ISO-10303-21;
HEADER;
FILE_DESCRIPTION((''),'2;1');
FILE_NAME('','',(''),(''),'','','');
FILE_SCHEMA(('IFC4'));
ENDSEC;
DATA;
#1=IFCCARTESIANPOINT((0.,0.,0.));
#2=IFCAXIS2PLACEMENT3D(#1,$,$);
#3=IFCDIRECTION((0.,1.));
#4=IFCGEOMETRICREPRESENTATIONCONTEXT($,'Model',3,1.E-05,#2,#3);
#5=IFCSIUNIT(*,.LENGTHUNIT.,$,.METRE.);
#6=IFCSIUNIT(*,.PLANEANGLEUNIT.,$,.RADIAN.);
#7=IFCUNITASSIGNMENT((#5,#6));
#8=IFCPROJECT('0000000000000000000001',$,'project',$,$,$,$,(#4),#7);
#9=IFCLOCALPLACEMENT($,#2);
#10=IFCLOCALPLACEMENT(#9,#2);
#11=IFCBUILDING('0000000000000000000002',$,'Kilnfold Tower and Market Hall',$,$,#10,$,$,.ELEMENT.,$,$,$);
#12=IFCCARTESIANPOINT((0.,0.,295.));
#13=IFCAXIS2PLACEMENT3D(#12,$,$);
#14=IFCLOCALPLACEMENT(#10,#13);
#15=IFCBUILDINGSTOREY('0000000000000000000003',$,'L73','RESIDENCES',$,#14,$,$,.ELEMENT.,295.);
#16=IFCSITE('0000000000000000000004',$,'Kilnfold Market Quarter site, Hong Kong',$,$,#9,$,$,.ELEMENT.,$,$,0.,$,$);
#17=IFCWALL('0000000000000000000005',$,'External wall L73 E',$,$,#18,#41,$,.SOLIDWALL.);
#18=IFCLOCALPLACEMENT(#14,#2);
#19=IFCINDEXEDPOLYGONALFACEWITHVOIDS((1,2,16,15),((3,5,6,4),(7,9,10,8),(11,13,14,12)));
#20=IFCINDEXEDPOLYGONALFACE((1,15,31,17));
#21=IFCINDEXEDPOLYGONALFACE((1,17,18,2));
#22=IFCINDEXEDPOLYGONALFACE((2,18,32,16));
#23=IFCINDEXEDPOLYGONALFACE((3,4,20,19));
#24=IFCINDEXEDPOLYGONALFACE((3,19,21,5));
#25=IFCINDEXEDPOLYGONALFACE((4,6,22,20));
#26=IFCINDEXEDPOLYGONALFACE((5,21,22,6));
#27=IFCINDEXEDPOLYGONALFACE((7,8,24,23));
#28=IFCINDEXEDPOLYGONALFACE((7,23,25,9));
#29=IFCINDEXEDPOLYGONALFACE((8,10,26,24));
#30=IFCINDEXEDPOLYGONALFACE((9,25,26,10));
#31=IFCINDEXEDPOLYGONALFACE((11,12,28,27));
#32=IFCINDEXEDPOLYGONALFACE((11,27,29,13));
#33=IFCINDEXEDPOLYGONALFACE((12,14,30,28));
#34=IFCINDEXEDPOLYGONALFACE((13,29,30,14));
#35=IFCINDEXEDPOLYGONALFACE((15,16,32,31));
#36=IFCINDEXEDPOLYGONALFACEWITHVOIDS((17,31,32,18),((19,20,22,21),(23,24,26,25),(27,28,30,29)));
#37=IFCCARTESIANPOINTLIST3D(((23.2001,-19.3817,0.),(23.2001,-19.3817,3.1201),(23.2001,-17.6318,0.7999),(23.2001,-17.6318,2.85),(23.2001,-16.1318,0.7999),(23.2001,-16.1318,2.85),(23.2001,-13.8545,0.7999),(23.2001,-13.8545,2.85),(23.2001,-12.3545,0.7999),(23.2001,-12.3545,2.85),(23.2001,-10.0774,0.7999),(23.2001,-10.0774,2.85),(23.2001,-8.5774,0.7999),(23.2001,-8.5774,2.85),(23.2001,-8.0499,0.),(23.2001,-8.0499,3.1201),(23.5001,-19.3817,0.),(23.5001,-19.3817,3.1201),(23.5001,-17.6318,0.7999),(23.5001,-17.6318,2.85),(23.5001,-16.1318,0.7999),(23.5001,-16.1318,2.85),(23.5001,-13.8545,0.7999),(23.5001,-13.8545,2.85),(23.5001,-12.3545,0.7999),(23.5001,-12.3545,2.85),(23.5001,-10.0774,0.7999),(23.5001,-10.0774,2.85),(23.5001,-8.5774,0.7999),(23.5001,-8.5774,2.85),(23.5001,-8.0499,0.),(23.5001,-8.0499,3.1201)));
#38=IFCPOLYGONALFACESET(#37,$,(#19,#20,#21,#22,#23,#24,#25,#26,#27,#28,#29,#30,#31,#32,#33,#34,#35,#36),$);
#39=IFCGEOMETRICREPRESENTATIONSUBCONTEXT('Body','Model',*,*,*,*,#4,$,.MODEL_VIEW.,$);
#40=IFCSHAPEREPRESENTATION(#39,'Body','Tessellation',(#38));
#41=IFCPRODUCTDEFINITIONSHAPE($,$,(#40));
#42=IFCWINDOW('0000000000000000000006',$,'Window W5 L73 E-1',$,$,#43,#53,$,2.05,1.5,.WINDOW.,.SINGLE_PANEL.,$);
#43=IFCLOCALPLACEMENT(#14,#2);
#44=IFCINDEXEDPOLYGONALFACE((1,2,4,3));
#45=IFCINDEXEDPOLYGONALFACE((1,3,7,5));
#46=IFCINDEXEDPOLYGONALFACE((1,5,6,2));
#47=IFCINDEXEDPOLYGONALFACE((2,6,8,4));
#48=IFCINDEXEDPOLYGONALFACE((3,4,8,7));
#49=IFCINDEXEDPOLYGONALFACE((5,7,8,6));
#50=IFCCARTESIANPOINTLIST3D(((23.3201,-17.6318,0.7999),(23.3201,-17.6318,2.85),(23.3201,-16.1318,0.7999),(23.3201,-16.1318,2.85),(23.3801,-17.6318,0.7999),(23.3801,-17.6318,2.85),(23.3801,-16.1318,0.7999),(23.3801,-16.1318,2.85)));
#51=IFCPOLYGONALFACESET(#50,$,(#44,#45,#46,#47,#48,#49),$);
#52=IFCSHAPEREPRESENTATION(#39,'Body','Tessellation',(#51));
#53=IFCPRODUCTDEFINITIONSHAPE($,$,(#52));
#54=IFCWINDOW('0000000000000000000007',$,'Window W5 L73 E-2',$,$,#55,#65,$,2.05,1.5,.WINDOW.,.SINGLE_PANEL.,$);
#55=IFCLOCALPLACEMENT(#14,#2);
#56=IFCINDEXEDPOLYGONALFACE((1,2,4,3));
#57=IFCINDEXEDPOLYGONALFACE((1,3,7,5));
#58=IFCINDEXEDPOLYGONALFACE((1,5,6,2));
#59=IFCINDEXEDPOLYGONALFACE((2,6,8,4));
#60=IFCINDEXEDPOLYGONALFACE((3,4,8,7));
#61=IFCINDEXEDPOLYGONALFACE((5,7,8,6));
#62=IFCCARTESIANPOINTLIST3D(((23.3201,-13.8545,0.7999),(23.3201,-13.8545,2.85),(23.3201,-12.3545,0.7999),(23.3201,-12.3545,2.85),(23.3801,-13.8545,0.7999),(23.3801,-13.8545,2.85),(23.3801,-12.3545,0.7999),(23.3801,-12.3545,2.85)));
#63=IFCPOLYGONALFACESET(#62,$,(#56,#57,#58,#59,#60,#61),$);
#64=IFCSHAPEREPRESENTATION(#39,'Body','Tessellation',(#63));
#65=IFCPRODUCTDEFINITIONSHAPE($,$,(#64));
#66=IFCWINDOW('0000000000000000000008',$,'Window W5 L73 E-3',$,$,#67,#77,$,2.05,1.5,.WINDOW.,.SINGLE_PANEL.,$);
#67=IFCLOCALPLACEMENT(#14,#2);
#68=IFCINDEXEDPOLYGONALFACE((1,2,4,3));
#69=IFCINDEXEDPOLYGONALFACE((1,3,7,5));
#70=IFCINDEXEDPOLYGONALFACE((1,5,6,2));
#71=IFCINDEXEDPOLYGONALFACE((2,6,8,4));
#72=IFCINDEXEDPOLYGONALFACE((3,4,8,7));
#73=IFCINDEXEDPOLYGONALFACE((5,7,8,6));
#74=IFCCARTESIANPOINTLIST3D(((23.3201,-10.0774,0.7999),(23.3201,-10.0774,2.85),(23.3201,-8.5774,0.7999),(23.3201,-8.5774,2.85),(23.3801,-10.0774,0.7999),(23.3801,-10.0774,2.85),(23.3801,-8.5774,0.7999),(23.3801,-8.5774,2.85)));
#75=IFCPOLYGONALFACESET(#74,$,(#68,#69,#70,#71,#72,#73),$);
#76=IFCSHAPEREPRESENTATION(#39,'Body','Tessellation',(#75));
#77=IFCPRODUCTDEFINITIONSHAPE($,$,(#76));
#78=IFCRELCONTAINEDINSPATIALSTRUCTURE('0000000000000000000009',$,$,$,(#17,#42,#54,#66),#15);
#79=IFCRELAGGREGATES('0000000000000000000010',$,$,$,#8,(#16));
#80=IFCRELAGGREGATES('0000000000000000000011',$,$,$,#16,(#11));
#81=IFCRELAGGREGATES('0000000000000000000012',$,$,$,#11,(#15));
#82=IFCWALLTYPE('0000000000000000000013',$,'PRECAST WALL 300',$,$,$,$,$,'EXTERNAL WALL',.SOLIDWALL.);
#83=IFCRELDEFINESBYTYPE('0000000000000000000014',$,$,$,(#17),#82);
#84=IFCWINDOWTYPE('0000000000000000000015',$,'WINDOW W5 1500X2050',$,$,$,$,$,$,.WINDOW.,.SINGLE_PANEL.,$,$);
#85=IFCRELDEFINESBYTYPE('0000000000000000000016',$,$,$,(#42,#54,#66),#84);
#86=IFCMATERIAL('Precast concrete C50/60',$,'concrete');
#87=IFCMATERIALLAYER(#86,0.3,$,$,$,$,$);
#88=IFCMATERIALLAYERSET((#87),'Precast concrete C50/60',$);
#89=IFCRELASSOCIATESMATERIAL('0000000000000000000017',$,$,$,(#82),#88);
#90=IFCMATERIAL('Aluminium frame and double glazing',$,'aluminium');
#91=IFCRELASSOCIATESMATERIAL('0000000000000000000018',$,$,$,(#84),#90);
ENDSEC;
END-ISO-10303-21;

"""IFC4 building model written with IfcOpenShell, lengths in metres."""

from ifc_helpers import new_model, si_unit, direction, frame, frame_2d, origin, place, context, subcontext, project, spatial, rectangle, extrude, source, transform, mapped, material, layer, layer_set, type_object, element, fill, save


model = new_model("IFC4")

# Units and contexts
model_context = context("Model", 3, precision=1e-05, world=origin(), true_north=direction((0.0, 1.0)))
body_context = subcontext(model_context, "Body", "Model", "MODEL_VIEW")
ifc_project = project(units=[si_unit("LENGTHUNIT", "METRE"), si_unit("PLANEANGLEUNIT", "RADIAN")], contexts=[model_context])

# Site, building, storey
site_placement = place(None, origin())
site = spatial("IfcSite", under=ifc_project, at=site_placement, Name="Kilnfold Market Quarter site, Hong Kong", CompositionType="ELEMENT", RefElevation=0.0)
building_placement = place(site_placement, origin())
building = spatial("IfcBuilding", under=site, at=building_placement, Name="Kilnfold Tower and Market Hall", CompositionType="ELEMENT")
storey_placement = place(building_placement, frame((0.0, 0.0, 295.0)))
storey = spatial("IfcBuildingStorey", under=building, at=storey_placement, Name="L73", Description="RESIDENCES", CompositionType="ELEMENT", Elevation=295.0)

# Shared definitions
ifc_material_1 = material(Name="Precast concrete C50/60", Category="concrete")
ifc_layer_1 = layer(ifc_material_1, 0.3)
ifc_layer_set_1 = layer_set([ifc_layer_1], Name="Precast concrete C50/60")
wall_type_1 = type_object("IfcWallType", Name="PRECAST WALL 300", ElementType="EXTERNAL WALL", PredefinedType="SOLIDWALL", material=ifc_layer_set_1)
ifc_material_2 = material(Name="Aluminium frame and double glazing", Category="aluminium")
window_type = type_object("IfcWindowType", Name="WINDOW W5 1500X2050", PartitioningType="SINGLE_PANEL", PredefinedType="WINDOW", material=ifc_material_2)

# Wall, openings, windows
shared_shape_1 = source(origin(), body_context, "Body", "SweptSolid", [
    extrude(rectangle(XDim=11.3318, YDim=0.3, at=frame_2d((5.666, 0.0))), origin(), (0.0, 0.0, 1.0), 3.1201),
])
wall_1_placement = place(storey_placement, frame((23.3501, -19.3818, 0.0), z_axis=(0.0, 0.0, 1.0), x_axis=(0.0, 1.0, 0.0)))
wall_1 = element("IfcWall", 1, at=wall_1_placement, inside=storey, type_object=wall_type_1, Name="External wall L73 E", PredefinedType="SOLIDWALL", context=body_context, shape_type="MappedRepresentation", body=[
    mapped(shared_shape_1, transform((0.0, 0.0, 0.0))),
])
opening_1_placement = place(wall_1_placement, frame((1.75, 0.0, 0.8)))
opening_1 = element("IfcOpeningElement", 2, at=opening_1_placement, cuts=wall_1, PredefinedType="OPENING", context=body_context, shape_type="SweptSolid", body=[
    extrude(rectangle(XDim=1.5, YDim=2.05, at=frame_2d((0.75, 1.0249))), frame((0.0, 0.1602, 0.0), z_axis=(0.0, -1.0, 0.0), x_axis=(1.0, 0.0, 0.0)), (0.0, 0.0, 1.0), 0.3201),
])
opening_2_placement = place(wall_1_placement, frame((5.5273, 0.0, 0.8)))
opening_2 = element("IfcOpeningElement", 3, at=opening_2_placement, cuts=wall_1, PredefinedType="OPENING", context=body_context, shape_type="SweptSolid", body=[
    extrude(rectangle(XDim=1.5, YDim=2.05, at=frame_2d((0.75, 1.0249))), frame((0.0, 0.1602, 0.0), z_axis=(0.0, -1.0, 0.0), x_axis=(1.0, 0.0, 0.0)), (0.0, 0.0, 1.0), 0.3201),
])
opening_3_placement = place(wall_1_placement, frame((9.3044, 0.0, 0.8)))
opening_3 = element("IfcOpeningElement", 4, at=opening_3_placement, cuts=wall_1, PredefinedType="OPENING", context=body_context, shape_type="SweptSolid", body=[
    extrude(rectangle(XDim=1.5, YDim=2.05, at=frame_2d((0.75, 1.0249))), frame((0.0, 0.1602, 0.0), z_axis=(0.0, -1.0, 0.0), x_axis=(1.0, 0.0, 0.0)), (0.0, 0.0, 1.0), 0.3201),
])
window_1_placement = place(opening_1_placement, origin())
window_1 = element("IfcWindow", 5, at=window_1_placement, inside=storey, type_object=window_type, Name="Window W5 L73 E-1", OverallHeight=2.05, OverallWidth=1.5, PartitioningType="SINGLE_PANEL", PredefinedType="WINDOW", context=body_context, shape_type="SweptSolid", body=[
    extrude(rectangle(XDim=1.5, YDim=2.05, at=frame_2d((0.75, 1.0249))), frame((0.0, 0.03, 0.0), z_axis=(0.0, -1.0, 0.0), x_axis=(1.0, 0.0, 0.0)), (0.0, 0.0, 1.0), 0.0601),
])
fill(opening_1, window_1)
window_2_placement = place(opening_2_placement, origin())
window_2 = element("IfcWindow", 6, at=window_2_placement, inside=storey, type_object=window_type, Name="Window W5 L73 E-2", OverallHeight=2.05, OverallWidth=1.5, PartitioningType="SINGLE_PANEL", PredefinedType="WINDOW", context=body_context, shape_type="SweptSolid", body=[
    extrude(rectangle(XDim=1.5, YDim=2.05, at=frame_2d((0.75, 1.0249))), frame((0.0, 0.03, 0.0), z_axis=(0.0, -1.0, 0.0), x_axis=(1.0, 0.0, 0.0)), (0.0, 0.0, 1.0), 0.0601),
])
fill(opening_2, window_2)
window_3_placement = place(opening_3_placement, origin())
window_3 = element("IfcWindow", 7, at=window_3_placement, inside=storey, type_object=window_type, Name="Window W5 L73 E-3", OverallHeight=2.05, OverallWidth=1.5, PartitioningType="SINGLE_PANEL", PredefinedType="WINDOW", context=body_context, shape_type="SweptSolid", body=[
    extrude(rectangle(XDim=1.5, YDim=2.05, at=frame_2d((0.75, 1.0249))), frame((0.0, 0.03, 0.0), z_axis=(0.0, -1.0, 0.0), x_axis=(1.0, 0.0, 0.0)), (0.0, 0.0, 1.0), 0.0601),
])
fill(opening_3, window_3)

save(model, "model.ifc")
